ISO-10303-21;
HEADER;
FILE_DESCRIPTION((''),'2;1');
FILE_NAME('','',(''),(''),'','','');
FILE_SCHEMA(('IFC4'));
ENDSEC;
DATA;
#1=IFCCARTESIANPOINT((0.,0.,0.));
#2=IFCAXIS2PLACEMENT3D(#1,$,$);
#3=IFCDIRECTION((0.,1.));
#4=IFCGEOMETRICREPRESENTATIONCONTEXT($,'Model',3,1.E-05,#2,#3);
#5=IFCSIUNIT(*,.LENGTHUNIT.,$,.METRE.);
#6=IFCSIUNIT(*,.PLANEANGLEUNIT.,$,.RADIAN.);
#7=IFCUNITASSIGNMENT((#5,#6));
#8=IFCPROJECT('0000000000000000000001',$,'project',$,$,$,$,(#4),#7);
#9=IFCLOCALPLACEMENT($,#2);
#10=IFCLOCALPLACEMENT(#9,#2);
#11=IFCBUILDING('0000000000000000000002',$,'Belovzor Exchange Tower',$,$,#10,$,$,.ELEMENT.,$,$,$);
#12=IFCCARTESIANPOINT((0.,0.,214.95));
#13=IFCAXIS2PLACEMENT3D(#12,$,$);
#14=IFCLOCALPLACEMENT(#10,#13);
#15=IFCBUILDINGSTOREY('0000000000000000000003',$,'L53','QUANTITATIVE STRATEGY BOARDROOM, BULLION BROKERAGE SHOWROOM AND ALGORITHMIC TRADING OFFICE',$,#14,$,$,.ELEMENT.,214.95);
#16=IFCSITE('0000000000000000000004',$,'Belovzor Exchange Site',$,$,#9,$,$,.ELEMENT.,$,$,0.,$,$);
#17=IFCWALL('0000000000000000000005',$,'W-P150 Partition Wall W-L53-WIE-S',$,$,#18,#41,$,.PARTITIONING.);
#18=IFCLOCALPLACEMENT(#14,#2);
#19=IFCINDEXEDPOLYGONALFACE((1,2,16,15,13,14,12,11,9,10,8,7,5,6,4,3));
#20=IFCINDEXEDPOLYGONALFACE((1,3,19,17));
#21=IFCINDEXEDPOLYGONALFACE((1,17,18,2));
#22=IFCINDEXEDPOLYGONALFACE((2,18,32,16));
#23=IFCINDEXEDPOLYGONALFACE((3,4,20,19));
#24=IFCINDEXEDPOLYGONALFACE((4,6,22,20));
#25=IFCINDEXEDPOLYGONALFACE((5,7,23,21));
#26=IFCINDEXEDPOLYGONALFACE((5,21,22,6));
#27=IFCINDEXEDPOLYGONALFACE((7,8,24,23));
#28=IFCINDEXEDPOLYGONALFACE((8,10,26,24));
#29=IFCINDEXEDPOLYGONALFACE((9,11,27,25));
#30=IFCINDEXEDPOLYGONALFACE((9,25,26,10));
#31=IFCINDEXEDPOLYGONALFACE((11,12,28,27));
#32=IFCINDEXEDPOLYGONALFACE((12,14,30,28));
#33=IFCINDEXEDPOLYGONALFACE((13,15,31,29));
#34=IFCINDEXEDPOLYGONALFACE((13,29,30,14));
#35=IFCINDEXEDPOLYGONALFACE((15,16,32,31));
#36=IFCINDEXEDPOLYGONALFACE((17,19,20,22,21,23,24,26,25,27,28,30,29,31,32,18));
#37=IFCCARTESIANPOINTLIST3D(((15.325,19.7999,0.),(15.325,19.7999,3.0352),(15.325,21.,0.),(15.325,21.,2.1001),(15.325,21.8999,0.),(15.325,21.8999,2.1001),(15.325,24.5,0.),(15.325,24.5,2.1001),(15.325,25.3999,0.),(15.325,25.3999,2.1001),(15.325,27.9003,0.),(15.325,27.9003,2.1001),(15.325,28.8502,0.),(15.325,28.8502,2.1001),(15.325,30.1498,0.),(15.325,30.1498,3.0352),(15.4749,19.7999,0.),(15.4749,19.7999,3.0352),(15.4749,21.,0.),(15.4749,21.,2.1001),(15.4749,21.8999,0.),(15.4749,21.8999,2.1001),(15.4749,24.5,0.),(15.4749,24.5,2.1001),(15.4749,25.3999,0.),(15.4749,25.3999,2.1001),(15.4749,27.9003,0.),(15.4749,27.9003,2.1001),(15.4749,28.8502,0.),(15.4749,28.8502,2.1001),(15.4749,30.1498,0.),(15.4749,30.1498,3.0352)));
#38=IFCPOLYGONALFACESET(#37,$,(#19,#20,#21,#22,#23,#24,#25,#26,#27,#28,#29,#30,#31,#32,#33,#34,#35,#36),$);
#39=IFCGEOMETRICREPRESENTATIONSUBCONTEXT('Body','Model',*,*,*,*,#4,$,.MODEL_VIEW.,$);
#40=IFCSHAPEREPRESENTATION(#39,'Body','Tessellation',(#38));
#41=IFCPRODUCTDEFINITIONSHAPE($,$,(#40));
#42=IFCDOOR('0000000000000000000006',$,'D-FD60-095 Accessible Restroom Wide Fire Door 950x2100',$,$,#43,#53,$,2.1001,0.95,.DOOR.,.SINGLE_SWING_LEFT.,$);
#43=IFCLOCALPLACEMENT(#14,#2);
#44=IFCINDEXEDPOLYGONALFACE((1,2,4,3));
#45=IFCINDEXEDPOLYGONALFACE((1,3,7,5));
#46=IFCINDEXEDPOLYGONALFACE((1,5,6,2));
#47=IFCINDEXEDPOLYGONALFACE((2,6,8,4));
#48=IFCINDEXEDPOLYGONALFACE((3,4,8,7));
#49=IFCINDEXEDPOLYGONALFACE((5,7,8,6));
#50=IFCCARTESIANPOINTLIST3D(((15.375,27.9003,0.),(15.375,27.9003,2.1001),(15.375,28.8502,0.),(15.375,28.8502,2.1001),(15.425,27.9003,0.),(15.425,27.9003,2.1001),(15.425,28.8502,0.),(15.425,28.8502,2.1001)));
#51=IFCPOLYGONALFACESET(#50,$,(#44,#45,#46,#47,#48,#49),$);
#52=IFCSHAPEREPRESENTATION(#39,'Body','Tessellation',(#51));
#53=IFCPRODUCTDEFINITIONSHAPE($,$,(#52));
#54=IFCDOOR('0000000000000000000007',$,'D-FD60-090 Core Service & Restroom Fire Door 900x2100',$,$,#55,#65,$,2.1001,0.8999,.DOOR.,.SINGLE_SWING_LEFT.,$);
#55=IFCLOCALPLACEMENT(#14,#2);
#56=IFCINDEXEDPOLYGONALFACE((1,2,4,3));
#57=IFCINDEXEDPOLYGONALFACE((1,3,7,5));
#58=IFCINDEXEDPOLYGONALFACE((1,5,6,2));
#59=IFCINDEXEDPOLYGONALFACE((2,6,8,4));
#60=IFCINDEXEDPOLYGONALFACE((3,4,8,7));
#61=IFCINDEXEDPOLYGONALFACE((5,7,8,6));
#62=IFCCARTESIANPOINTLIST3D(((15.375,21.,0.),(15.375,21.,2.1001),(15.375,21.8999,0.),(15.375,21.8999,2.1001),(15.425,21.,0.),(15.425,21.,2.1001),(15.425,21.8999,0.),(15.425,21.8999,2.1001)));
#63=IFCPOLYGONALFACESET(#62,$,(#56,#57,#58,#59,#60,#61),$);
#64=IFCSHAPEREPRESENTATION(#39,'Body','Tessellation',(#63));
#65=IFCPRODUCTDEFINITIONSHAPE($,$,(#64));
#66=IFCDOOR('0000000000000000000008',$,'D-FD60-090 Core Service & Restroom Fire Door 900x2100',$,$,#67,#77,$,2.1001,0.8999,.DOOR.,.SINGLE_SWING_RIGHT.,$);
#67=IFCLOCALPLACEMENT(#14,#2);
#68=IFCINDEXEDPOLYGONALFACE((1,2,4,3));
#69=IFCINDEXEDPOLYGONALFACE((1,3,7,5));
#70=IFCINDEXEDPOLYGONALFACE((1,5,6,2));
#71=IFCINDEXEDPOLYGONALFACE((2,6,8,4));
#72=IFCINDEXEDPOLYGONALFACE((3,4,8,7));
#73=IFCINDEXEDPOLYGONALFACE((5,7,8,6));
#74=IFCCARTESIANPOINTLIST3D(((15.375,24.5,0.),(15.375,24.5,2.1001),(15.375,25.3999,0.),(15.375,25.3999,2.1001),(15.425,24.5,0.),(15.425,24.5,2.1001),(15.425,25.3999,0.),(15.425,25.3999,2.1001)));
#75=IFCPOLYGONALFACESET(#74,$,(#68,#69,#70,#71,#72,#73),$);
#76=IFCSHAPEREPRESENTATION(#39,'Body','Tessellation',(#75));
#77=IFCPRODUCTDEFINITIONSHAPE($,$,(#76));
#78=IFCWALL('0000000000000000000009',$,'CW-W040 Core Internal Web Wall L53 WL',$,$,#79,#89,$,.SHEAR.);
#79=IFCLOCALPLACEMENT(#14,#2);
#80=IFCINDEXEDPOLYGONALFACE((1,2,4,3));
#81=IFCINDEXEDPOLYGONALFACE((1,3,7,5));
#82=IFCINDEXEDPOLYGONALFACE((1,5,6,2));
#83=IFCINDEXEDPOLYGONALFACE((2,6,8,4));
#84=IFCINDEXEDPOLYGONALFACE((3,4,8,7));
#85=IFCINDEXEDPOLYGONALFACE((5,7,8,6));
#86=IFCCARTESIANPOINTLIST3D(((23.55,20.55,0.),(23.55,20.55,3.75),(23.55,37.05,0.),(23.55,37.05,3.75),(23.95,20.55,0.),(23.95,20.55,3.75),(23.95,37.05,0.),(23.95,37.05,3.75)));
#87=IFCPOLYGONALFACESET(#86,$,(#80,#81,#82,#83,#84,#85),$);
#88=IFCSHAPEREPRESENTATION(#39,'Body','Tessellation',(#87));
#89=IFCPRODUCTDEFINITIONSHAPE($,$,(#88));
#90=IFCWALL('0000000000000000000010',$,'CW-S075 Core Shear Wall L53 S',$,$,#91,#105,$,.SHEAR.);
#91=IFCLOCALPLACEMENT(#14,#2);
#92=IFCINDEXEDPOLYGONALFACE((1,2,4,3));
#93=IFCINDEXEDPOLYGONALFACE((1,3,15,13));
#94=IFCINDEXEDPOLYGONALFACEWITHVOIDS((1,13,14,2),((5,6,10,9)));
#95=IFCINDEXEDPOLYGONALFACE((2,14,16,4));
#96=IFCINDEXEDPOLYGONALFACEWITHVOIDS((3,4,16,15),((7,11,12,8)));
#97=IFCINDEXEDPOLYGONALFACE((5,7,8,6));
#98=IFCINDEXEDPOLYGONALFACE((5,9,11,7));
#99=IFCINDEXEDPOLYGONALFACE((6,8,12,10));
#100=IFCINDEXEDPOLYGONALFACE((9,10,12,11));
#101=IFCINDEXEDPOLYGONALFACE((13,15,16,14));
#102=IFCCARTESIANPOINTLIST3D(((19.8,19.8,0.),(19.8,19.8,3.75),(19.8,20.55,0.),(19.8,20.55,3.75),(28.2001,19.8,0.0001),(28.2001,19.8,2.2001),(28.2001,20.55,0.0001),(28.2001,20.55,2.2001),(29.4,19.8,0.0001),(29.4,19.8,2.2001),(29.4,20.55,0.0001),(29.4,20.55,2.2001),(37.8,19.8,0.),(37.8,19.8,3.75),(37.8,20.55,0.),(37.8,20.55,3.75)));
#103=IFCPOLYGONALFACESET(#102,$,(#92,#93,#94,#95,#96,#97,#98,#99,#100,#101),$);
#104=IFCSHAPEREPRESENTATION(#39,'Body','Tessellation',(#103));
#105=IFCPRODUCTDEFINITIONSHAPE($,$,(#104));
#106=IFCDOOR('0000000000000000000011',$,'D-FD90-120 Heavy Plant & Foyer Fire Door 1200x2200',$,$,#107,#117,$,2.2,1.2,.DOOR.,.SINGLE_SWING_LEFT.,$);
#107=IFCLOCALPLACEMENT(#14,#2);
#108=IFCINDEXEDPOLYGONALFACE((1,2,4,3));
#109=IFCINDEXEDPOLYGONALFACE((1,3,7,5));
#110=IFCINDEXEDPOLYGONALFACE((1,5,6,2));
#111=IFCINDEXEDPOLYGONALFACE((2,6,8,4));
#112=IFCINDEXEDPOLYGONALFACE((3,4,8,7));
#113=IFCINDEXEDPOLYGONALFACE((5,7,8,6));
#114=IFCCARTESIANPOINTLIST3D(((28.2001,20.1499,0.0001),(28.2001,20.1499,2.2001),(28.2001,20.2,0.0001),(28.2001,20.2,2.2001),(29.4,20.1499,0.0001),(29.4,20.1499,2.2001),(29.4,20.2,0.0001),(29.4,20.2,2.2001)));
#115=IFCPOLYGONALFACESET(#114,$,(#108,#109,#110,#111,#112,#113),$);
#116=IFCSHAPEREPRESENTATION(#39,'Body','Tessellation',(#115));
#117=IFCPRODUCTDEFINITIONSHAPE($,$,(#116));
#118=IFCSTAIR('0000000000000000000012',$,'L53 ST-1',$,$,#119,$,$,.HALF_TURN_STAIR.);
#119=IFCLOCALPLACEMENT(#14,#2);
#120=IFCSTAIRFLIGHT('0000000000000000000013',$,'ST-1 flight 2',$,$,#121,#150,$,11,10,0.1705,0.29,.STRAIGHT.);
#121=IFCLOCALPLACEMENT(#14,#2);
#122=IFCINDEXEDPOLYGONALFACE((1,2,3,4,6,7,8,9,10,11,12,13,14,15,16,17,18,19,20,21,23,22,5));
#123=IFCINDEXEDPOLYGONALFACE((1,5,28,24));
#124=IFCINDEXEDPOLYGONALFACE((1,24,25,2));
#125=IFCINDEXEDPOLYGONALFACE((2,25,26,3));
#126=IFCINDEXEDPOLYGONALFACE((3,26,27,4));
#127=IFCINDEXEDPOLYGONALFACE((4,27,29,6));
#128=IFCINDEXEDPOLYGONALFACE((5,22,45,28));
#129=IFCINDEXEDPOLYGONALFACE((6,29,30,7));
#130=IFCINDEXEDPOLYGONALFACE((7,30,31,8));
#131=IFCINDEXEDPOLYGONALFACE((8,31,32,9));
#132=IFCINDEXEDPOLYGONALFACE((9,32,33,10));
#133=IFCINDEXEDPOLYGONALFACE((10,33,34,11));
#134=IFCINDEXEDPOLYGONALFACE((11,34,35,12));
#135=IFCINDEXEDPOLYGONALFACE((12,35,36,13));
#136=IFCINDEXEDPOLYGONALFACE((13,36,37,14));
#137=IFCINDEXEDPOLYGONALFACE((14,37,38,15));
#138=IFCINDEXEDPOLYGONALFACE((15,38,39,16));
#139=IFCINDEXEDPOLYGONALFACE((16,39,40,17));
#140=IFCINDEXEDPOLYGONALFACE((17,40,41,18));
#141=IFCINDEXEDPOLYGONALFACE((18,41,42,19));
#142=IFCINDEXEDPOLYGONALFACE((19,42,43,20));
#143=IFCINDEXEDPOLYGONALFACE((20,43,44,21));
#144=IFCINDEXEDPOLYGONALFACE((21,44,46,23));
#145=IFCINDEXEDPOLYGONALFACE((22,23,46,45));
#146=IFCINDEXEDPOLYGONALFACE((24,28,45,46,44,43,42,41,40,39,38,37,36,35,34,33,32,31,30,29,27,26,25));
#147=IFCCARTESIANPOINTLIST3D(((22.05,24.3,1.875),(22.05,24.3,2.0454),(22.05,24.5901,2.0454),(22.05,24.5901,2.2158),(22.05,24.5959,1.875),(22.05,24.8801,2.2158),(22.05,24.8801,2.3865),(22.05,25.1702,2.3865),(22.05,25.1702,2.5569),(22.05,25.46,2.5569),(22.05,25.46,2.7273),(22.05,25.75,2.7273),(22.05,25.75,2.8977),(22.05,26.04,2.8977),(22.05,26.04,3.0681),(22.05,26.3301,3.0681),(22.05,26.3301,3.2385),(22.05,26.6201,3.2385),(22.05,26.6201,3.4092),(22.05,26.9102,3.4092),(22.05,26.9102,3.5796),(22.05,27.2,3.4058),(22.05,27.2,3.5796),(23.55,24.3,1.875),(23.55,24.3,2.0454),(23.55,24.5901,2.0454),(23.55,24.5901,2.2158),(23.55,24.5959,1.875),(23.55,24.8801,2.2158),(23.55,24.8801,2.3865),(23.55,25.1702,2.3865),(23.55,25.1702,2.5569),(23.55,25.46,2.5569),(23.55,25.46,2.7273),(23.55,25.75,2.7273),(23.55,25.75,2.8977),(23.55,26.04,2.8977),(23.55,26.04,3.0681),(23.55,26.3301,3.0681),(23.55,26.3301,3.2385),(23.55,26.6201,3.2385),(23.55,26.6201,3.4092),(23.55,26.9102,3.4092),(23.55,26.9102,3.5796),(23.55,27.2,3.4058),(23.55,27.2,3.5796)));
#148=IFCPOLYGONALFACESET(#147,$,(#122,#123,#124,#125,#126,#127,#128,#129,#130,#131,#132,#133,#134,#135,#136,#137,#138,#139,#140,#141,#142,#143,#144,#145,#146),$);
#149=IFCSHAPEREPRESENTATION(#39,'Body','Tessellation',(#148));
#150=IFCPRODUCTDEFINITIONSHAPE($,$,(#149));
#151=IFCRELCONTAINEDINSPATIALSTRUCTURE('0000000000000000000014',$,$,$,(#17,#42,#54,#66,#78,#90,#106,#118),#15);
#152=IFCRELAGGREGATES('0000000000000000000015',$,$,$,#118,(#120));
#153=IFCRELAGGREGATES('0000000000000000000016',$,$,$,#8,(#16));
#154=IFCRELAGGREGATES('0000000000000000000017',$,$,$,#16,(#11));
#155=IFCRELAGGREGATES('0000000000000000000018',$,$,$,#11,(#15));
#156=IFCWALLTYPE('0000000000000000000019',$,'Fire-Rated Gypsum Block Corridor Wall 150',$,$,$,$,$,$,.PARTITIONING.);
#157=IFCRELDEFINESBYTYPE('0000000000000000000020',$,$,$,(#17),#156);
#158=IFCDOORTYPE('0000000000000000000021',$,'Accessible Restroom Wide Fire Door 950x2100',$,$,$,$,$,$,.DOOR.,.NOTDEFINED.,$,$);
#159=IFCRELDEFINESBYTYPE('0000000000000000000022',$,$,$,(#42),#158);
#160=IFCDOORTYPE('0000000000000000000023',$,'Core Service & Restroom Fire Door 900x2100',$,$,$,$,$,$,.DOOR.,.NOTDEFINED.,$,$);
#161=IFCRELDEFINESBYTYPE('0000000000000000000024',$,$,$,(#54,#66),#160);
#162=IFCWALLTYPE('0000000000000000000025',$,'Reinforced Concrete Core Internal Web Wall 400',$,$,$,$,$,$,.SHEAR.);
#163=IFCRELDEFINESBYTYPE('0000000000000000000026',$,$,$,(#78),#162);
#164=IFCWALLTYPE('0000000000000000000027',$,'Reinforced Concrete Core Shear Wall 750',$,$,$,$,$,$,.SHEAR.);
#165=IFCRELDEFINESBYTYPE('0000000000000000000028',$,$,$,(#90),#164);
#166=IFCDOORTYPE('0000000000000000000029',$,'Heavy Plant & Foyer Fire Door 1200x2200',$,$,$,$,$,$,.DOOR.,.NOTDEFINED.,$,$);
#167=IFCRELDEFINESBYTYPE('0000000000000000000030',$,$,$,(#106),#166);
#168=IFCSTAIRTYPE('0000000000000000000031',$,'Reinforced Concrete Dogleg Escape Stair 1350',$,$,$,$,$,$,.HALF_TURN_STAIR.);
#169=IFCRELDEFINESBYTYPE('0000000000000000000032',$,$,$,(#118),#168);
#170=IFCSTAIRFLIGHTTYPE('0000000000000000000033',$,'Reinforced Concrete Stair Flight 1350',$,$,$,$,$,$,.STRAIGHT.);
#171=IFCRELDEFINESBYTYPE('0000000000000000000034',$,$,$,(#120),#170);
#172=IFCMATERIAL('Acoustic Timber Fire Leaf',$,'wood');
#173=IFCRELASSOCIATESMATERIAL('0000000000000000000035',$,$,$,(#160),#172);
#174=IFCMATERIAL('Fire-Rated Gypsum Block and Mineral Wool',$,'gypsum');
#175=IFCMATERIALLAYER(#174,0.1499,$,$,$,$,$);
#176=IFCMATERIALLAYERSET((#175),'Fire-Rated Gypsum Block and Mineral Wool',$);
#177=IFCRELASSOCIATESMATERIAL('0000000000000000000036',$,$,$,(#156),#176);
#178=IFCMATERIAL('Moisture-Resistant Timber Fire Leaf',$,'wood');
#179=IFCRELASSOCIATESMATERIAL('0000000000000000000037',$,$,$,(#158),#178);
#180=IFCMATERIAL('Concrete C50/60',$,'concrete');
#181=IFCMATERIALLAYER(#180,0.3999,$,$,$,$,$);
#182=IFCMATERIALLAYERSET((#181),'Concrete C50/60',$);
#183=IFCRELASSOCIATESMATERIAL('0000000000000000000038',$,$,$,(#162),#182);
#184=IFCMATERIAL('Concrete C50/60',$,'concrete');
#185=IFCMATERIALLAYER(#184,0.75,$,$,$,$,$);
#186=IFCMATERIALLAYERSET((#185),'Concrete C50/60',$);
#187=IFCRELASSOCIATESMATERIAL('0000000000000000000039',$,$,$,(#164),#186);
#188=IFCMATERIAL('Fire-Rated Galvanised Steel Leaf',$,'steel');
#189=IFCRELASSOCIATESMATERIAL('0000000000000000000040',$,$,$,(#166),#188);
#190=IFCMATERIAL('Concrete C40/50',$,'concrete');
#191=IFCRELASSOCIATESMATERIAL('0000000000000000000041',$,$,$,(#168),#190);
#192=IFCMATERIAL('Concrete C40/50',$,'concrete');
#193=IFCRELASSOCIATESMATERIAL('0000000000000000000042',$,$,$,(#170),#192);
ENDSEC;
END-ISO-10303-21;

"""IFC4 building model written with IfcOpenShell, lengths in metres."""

from ifc_helpers import new_model, si_unit, direction, frame, frame_2d, origin, place, context, subcontext, project, spatial, polyline, rectangle, outline, extrude, material, layer, layer_set, type_object, element, fill, aggregate, save


model = new_model("IFC4")

# Units and contexts
model_context = context("Model", 3, precision=1e-05, world=origin(), true_north=direction((0.0, 1.0)))
body_context = subcontext(model_context, "Body", "Model", "MODEL_VIEW")
ifc_project = project(units=[si_unit("LENGTHUNIT", "METRE"), si_unit("PLANEANGLEUNIT", "RADIAN")], contexts=[model_context])

# Site, building, storey
site_placement = place(None, origin())
site = spatial("IfcSite", under=ifc_project, at=site_placement, Name="Belovzor Exchange Site", CompositionType="ELEMENT", RefElevation=0.0)
building_placement = place(site_placement, origin())
building = spatial("IfcBuilding", under=site, at=building_placement, Name="Belovzor Exchange Tower", CompositionType="ELEMENT")
storey_placement = place(building_placement, frame((0.0, 0.0, 214.95)))
storey = spatial("IfcBuildingStorey", under=building, at=storey_placement, Name="L53", Description="QUANTITATIVE STRATEGY BOARDROOM, BULLION BROKERAGE SHOWROOM AND ALGORITHMIC TRADING OFFICE", CompositionType="ELEMENT", Elevation=214.95)

# Shared definitions
ifc_material_1 = material(Name="Acoustic Timber Fire Leaf", Category="wood")
door_type_1 = type_object("IfcDoorType", Name="Core Service & Restroom Fire Door 900x2100", OperationType="NOTDEFINED", PredefinedType="DOOR", material=ifc_material_1)

# Shared definitions
ifc_material_2 = material(Name="Fire-Rated Gypsum Block and Mineral Wool", Category="gypsum")
ifc_layer_1 = layer(ifc_material_2, 0.1499)
ifc_layer_set_1 = layer_set([ifc_layer_1], Name="Fire-Rated Gypsum Block and Mineral Wool")
wall_type_1 = type_object("IfcWallType", Name="Fire-Rated Gypsum Block Corridor Wall 150", PredefinedType="PARTITIONING", material=ifc_layer_set_1)

# Wall, openings, doors
wall_1_placement = place(storey_placement, frame((15.3999, 19.8, 0.0), z_axis=(0.0, 0.0, 1.0), x_axis=(0.0, 1.0, 0.0)))
wall_1 = element("IfcWall", 1, at=wall_1_placement, inside=storey, type_object=wall_type_1, Name="W-P150 Partition Wall W-L53-WIE-S", PredefinedType="PARTITIONING", context=body_context, shape_type="SweptSolid", body=[
    extrude(rectangle(XDim=10.3499, YDim=0.1499, at=frame_2d((5.1748, 0.0))), origin(), (0.0, 0.0, 1.0), 3.0352),
])
opening_1_placement = place(wall_1_placement, frame((1.2, 0.0, 0.0)))
opening_1 = element("IfcOpeningElement", 2, at=opening_1_placement, cuts=wall_1, PredefinedType="OPENING", context=body_context, shape_type="SweptSolid", body=[
    extrude(rectangle(XDim=0.8999, YDim=2.1001, at=frame_2d((0.45, 1.05))), frame((0.0, 0.085, 0.0), z_axis=(0.0, -1.0, 0.0), x_axis=(1.0, 0.0, 0.0)), (0.0, 0.0, 1.0), 0.1699),
])
opening_2_placement = place(wall_1_placement, frame((4.7, 0.0, 0.0)))
opening_2 = element("IfcOpeningElement", 3, at=opening_2_placement, cuts=wall_1, PredefinedType="OPENING", context=body_context, shape_type="SweptSolid", body=[
    extrude(rectangle(XDim=0.8999, YDim=2.1001, at=frame_2d((0.45, 1.05))), frame((0.0, 0.085, 0.0), z_axis=(0.0, -1.0, 0.0), x_axis=(1.0, 0.0, 0.0)), (0.0, 0.0, 1.0), 0.1699),
])
opening_3_placement = place(wall_1_placement, frame((8.1001, 0.0, 0.0)))
opening_3 = element("IfcOpeningElement", 4, at=opening_3_placement, cuts=wall_1, PredefinedType="OPENING", context=body_context, shape_type="SweptSolid", body=[
    extrude(rectangle(XDim=0.95, YDim=2.1001, at=frame_2d((0.4751, 1.05))), frame((0.0, 0.085, 0.0), z_axis=(0.0, -1.0, 0.0), x_axis=(1.0, 0.0, 0.0)), (0.0, 0.0, 1.0), 0.1699),
])
ifc_material_3 = material(Name="Moisture-Resistant Timber Fire Leaf", Category="wood")
door_type_2 = type_object("IfcDoorType", Name="Accessible Restroom Wide Fire Door 950x2100", OperationType="NOTDEFINED", PredefinedType="DOOR", material=ifc_material_3)
door_1_placement = place(opening_3_placement, origin())
door_1 = element("IfcDoor", 5, at=door_1_placement, inside=storey, type_object=door_type_2, Name="D-FD60-095 Accessible Restroom Wide Fire Door 950x2100", OperationType="SINGLE_SWING_LEFT", OverallHeight=2.1001, OverallWidth=0.95, PredefinedType="DOOR", context=body_context, shape_type="SweptSolid", body=[
    extrude(rectangle(XDim=0.95, YDim=2.1001, at=frame_2d((0.4751, 1.05))), frame((0.0, 0.0249, 0.0), z_axis=(0.0, -1.0, 0.0), x_axis=(1.0, 0.0, 0.0)), (0.0, 0.0, 1.0), 0.05),
])
fill(opening_3, door_1)
door_2_placement = place(opening_1_placement, origin())
door_2 = element("IfcDoor", 6, at=door_2_placement, inside=storey, type_object=door_type_1, Name="D-FD60-090 Core Service & Restroom Fire Door 900x2100", OperationType="SINGLE_SWING_LEFT", OverallHeight=2.1001, OverallWidth=0.8999, PredefinedType="DOOR", context=body_context, shape_type="SweptSolid", body=[
    extrude(rectangle(XDim=0.8999, YDim=2.1001, at=frame_2d((0.45, 1.05))), frame((0.0, 0.0249, 0.0), z_axis=(0.0, -1.0, 0.0), x_axis=(1.0, 0.0, 0.0)), (0.0, 0.0, 1.0), 0.05),
])
fill(opening_1, door_2)
door_3_placement = place(opening_2_placement, origin())
door_3 = element("IfcDoor", 7, at=door_3_placement, inside=storey, type_object=door_type_1, Name="D-FD60-090 Core Service & Restroom Fire Door 900x2100", OperationType="SINGLE_SWING_RIGHT", OverallHeight=2.1001, OverallWidth=0.8999, PredefinedType="DOOR", context=body_context, shape_type="SweptSolid", body=[
    extrude(rectangle(XDim=0.8999, YDim=2.1001, at=frame_2d((0.45, 1.05))), frame((0.0, 0.0249, 0.0), z_axis=(0.0, -1.0, 0.0), x_axis=(1.0, 0.0, 0.0)), (0.0, 0.0, 1.0), 0.05),
])
fill(opening_2, door_3)

# Wall
ifc_material_4 = material(Name="Concrete C50/60", Category="concrete")
ifc_layer_2 = layer(ifc_material_4, 0.3999)
ifc_layer_set_2 = layer_set([ifc_layer_2], Name="Concrete C50/60")
wall_type_2 = type_object("IfcWallType", Name="Reinforced Concrete Core Internal Web Wall 400", PredefinedType="SHEAR", material=ifc_layer_set_2)
wall_2_placement = place(storey_placement, frame((23.75, 20.55, 0.0), z_axis=(0.0, 0.0, 1.0), x_axis=(0.0, 1.0, 0.0)))
element("IfcWall", 8, at=wall_2_placement, inside=storey, type_object=wall_type_2, Name="CW-W040 Core Internal Web Wall L53 WL", PredefinedType="SHEAR", context=body_context, shape_type="SweptSolid", body=[
    extrude(rectangle(XDim=16.5, YDim=0.3999, at=frame_2d((8.25, 0.0))), origin(), (0.0, 0.0, 1.0), 3.75),
])

# Wall, opening, door
ifc_material_5 = material(Name="Concrete C50/60", Category="concrete")
ifc_layer_3 = layer(ifc_material_5, 0.75)
ifc_layer_set_3 = layer_set([ifc_layer_3], Name="Concrete C50/60")
wall_type_3 = type_object("IfcWallType", Name="Reinforced Concrete Core Shear Wall 750", PredefinedType="SHEAR", material=ifc_layer_set_3)
wall_3_placement = place(storey_placement, frame((19.8, 20.175, 0.0), z_axis=(0.0, 0.0, 1.0), x_axis=(1.0, 0.0, 0.0)))
wall_3 = element("IfcWall", 9, at=wall_3_placement, inside=storey, type_object=wall_type_3, Name="CW-S075 Core Shear Wall L53 S", PredefinedType="SHEAR", context=body_context, shape_type="SweptSolid", body=[
    extrude(rectangle(XDim=18.0, YDim=0.75, at=frame_2d((9.0, 0.0))), origin(), (0.0, 0.0, 1.0), 3.75),
])
opening_4_placement = place(wall_3_placement, frame((8.3999, 0.0, 0.0)))
opening_4 = element("IfcOpeningElement", 10, at=opening_4_placement, cuts=wall_3, PredefinedType="OPENING", context=body_context, shape_type="SweptSolid", body=[
    extrude(rectangle(XDim=1.2, YDim=2.2, at=frame_2d((0.6001, 1.1001))), frame((0.0, 0.385, 0.0), z_axis=(0.0, -1.0, 0.0), x_axis=(1.0, 0.0, 0.0)), (0.0, 0.0, 1.0), 0.77),
])
ifc_material_6 = material(Name="Fire-Rated Galvanised Steel Leaf", Category="steel")
door_type_3 = type_object("IfcDoorType", Name="Heavy Plant & Foyer Fire Door 1200x2200", OperationType="NOTDEFINED", PredefinedType="DOOR", material=ifc_material_6)
door_4_placement = place(opening_4_placement, origin())
door_4 = element("IfcDoor", 11, at=door_4_placement, inside=storey, type_object=door_type_3, Name="D-FD90-120 Heavy Plant & Foyer Fire Door 1200x2200", OperationType="SINGLE_SWING_LEFT", OverallHeight=2.2, OverallWidth=1.2, PredefinedType="DOOR", context=body_context, shape_type="SweptSolid", body=[
    extrude(rectangle(XDim=1.2, YDim=2.2, at=frame_2d((0.6001, 1.1001))), frame((0.0, 0.0249, 0.0), z_axis=(0.0, -1.0, 0.0), x_axis=(1.0, 0.0, 0.0)), (0.0, 0.0, 1.0), 0.05),
])
fill(opening_4, door_4)

# Stair, stair flight
ifc_material_7 = material(Name="Concrete C40/50", Category="concrete")
stair_type = type_object("IfcStairType", Name="Reinforced Concrete Dogleg Escape Stair 1350", PredefinedType="HALF_TURN_STAIR", material=ifc_material_7)
stair_placement = place(storey_placement, origin())
stair = element("IfcStair", 12, at=stair_placement, inside=storey, type_object=stair_type, Name="L53 ST-1", PredefinedType="HALF_TURN_STAIR")
ifc_material_8 = material(Name="Concrete C40/50", Category="concrete")
stair_flight_type = type_object("IfcStairFlightType", Name="Reinforced Concrete Stair Flight 1350", PredefinedType="STRAIGHT", material=ifc_material_8)
stair_flight_placement = place(storey_placement, frame((22.8, 24.3, 1.875), z_axis=(0.0, 0.0, 1.0), x_axis=(0.0, 1.0, 0.0)))
stair_flight = element("IfcStairFlight", 13, at=stair_flight_placement, type_object=stair_flight_type, Name="ST-1 flight 2", NumberOfRisers=11, NumberOfTreads=10, PredefinedType="STRAIGHT", RiserHeight=0.1705, TreadLength=0.29, context=body_context, shape_type="SweptSolid", body=[
    extrude(outline(polyline([(0.0, 0.0), (0.0, 0.1704), (0.29, 0.1704), (0.29, 0.3408), (0.5801, 0.3408), (0.5801, 0.5115), (0.8701, 0.5115), (0.8701, 0.6819), (1.1599, 0.6819), (1.1599, 0.8523), (1.45, 0.8523), (1.45, 1.0227), (1.74, 1.0227), (1.74, 1.1931), (2.03, 1.1931), (2.03, 1.3635), (2.3201, 1.3635), (2.3201, 1.5342), (2.6101, 1.5342), (2.6101, 1.7046), (2.8999, 1.7046), (2.8999, 1.875), (2.8999, 1.5308), (0.2959, 0.0), (0.0, 0.0)])), frame((0.0, 0.75, 0.0), z_axis=(0.0, -1.0, 0.0), x_axis=(1.0, 0.0, 0.0)), (0.0, 0.0, 1.0), 1.5),
])
aggregate(stair, [stair_flight])

save(model, "model.ifc")
